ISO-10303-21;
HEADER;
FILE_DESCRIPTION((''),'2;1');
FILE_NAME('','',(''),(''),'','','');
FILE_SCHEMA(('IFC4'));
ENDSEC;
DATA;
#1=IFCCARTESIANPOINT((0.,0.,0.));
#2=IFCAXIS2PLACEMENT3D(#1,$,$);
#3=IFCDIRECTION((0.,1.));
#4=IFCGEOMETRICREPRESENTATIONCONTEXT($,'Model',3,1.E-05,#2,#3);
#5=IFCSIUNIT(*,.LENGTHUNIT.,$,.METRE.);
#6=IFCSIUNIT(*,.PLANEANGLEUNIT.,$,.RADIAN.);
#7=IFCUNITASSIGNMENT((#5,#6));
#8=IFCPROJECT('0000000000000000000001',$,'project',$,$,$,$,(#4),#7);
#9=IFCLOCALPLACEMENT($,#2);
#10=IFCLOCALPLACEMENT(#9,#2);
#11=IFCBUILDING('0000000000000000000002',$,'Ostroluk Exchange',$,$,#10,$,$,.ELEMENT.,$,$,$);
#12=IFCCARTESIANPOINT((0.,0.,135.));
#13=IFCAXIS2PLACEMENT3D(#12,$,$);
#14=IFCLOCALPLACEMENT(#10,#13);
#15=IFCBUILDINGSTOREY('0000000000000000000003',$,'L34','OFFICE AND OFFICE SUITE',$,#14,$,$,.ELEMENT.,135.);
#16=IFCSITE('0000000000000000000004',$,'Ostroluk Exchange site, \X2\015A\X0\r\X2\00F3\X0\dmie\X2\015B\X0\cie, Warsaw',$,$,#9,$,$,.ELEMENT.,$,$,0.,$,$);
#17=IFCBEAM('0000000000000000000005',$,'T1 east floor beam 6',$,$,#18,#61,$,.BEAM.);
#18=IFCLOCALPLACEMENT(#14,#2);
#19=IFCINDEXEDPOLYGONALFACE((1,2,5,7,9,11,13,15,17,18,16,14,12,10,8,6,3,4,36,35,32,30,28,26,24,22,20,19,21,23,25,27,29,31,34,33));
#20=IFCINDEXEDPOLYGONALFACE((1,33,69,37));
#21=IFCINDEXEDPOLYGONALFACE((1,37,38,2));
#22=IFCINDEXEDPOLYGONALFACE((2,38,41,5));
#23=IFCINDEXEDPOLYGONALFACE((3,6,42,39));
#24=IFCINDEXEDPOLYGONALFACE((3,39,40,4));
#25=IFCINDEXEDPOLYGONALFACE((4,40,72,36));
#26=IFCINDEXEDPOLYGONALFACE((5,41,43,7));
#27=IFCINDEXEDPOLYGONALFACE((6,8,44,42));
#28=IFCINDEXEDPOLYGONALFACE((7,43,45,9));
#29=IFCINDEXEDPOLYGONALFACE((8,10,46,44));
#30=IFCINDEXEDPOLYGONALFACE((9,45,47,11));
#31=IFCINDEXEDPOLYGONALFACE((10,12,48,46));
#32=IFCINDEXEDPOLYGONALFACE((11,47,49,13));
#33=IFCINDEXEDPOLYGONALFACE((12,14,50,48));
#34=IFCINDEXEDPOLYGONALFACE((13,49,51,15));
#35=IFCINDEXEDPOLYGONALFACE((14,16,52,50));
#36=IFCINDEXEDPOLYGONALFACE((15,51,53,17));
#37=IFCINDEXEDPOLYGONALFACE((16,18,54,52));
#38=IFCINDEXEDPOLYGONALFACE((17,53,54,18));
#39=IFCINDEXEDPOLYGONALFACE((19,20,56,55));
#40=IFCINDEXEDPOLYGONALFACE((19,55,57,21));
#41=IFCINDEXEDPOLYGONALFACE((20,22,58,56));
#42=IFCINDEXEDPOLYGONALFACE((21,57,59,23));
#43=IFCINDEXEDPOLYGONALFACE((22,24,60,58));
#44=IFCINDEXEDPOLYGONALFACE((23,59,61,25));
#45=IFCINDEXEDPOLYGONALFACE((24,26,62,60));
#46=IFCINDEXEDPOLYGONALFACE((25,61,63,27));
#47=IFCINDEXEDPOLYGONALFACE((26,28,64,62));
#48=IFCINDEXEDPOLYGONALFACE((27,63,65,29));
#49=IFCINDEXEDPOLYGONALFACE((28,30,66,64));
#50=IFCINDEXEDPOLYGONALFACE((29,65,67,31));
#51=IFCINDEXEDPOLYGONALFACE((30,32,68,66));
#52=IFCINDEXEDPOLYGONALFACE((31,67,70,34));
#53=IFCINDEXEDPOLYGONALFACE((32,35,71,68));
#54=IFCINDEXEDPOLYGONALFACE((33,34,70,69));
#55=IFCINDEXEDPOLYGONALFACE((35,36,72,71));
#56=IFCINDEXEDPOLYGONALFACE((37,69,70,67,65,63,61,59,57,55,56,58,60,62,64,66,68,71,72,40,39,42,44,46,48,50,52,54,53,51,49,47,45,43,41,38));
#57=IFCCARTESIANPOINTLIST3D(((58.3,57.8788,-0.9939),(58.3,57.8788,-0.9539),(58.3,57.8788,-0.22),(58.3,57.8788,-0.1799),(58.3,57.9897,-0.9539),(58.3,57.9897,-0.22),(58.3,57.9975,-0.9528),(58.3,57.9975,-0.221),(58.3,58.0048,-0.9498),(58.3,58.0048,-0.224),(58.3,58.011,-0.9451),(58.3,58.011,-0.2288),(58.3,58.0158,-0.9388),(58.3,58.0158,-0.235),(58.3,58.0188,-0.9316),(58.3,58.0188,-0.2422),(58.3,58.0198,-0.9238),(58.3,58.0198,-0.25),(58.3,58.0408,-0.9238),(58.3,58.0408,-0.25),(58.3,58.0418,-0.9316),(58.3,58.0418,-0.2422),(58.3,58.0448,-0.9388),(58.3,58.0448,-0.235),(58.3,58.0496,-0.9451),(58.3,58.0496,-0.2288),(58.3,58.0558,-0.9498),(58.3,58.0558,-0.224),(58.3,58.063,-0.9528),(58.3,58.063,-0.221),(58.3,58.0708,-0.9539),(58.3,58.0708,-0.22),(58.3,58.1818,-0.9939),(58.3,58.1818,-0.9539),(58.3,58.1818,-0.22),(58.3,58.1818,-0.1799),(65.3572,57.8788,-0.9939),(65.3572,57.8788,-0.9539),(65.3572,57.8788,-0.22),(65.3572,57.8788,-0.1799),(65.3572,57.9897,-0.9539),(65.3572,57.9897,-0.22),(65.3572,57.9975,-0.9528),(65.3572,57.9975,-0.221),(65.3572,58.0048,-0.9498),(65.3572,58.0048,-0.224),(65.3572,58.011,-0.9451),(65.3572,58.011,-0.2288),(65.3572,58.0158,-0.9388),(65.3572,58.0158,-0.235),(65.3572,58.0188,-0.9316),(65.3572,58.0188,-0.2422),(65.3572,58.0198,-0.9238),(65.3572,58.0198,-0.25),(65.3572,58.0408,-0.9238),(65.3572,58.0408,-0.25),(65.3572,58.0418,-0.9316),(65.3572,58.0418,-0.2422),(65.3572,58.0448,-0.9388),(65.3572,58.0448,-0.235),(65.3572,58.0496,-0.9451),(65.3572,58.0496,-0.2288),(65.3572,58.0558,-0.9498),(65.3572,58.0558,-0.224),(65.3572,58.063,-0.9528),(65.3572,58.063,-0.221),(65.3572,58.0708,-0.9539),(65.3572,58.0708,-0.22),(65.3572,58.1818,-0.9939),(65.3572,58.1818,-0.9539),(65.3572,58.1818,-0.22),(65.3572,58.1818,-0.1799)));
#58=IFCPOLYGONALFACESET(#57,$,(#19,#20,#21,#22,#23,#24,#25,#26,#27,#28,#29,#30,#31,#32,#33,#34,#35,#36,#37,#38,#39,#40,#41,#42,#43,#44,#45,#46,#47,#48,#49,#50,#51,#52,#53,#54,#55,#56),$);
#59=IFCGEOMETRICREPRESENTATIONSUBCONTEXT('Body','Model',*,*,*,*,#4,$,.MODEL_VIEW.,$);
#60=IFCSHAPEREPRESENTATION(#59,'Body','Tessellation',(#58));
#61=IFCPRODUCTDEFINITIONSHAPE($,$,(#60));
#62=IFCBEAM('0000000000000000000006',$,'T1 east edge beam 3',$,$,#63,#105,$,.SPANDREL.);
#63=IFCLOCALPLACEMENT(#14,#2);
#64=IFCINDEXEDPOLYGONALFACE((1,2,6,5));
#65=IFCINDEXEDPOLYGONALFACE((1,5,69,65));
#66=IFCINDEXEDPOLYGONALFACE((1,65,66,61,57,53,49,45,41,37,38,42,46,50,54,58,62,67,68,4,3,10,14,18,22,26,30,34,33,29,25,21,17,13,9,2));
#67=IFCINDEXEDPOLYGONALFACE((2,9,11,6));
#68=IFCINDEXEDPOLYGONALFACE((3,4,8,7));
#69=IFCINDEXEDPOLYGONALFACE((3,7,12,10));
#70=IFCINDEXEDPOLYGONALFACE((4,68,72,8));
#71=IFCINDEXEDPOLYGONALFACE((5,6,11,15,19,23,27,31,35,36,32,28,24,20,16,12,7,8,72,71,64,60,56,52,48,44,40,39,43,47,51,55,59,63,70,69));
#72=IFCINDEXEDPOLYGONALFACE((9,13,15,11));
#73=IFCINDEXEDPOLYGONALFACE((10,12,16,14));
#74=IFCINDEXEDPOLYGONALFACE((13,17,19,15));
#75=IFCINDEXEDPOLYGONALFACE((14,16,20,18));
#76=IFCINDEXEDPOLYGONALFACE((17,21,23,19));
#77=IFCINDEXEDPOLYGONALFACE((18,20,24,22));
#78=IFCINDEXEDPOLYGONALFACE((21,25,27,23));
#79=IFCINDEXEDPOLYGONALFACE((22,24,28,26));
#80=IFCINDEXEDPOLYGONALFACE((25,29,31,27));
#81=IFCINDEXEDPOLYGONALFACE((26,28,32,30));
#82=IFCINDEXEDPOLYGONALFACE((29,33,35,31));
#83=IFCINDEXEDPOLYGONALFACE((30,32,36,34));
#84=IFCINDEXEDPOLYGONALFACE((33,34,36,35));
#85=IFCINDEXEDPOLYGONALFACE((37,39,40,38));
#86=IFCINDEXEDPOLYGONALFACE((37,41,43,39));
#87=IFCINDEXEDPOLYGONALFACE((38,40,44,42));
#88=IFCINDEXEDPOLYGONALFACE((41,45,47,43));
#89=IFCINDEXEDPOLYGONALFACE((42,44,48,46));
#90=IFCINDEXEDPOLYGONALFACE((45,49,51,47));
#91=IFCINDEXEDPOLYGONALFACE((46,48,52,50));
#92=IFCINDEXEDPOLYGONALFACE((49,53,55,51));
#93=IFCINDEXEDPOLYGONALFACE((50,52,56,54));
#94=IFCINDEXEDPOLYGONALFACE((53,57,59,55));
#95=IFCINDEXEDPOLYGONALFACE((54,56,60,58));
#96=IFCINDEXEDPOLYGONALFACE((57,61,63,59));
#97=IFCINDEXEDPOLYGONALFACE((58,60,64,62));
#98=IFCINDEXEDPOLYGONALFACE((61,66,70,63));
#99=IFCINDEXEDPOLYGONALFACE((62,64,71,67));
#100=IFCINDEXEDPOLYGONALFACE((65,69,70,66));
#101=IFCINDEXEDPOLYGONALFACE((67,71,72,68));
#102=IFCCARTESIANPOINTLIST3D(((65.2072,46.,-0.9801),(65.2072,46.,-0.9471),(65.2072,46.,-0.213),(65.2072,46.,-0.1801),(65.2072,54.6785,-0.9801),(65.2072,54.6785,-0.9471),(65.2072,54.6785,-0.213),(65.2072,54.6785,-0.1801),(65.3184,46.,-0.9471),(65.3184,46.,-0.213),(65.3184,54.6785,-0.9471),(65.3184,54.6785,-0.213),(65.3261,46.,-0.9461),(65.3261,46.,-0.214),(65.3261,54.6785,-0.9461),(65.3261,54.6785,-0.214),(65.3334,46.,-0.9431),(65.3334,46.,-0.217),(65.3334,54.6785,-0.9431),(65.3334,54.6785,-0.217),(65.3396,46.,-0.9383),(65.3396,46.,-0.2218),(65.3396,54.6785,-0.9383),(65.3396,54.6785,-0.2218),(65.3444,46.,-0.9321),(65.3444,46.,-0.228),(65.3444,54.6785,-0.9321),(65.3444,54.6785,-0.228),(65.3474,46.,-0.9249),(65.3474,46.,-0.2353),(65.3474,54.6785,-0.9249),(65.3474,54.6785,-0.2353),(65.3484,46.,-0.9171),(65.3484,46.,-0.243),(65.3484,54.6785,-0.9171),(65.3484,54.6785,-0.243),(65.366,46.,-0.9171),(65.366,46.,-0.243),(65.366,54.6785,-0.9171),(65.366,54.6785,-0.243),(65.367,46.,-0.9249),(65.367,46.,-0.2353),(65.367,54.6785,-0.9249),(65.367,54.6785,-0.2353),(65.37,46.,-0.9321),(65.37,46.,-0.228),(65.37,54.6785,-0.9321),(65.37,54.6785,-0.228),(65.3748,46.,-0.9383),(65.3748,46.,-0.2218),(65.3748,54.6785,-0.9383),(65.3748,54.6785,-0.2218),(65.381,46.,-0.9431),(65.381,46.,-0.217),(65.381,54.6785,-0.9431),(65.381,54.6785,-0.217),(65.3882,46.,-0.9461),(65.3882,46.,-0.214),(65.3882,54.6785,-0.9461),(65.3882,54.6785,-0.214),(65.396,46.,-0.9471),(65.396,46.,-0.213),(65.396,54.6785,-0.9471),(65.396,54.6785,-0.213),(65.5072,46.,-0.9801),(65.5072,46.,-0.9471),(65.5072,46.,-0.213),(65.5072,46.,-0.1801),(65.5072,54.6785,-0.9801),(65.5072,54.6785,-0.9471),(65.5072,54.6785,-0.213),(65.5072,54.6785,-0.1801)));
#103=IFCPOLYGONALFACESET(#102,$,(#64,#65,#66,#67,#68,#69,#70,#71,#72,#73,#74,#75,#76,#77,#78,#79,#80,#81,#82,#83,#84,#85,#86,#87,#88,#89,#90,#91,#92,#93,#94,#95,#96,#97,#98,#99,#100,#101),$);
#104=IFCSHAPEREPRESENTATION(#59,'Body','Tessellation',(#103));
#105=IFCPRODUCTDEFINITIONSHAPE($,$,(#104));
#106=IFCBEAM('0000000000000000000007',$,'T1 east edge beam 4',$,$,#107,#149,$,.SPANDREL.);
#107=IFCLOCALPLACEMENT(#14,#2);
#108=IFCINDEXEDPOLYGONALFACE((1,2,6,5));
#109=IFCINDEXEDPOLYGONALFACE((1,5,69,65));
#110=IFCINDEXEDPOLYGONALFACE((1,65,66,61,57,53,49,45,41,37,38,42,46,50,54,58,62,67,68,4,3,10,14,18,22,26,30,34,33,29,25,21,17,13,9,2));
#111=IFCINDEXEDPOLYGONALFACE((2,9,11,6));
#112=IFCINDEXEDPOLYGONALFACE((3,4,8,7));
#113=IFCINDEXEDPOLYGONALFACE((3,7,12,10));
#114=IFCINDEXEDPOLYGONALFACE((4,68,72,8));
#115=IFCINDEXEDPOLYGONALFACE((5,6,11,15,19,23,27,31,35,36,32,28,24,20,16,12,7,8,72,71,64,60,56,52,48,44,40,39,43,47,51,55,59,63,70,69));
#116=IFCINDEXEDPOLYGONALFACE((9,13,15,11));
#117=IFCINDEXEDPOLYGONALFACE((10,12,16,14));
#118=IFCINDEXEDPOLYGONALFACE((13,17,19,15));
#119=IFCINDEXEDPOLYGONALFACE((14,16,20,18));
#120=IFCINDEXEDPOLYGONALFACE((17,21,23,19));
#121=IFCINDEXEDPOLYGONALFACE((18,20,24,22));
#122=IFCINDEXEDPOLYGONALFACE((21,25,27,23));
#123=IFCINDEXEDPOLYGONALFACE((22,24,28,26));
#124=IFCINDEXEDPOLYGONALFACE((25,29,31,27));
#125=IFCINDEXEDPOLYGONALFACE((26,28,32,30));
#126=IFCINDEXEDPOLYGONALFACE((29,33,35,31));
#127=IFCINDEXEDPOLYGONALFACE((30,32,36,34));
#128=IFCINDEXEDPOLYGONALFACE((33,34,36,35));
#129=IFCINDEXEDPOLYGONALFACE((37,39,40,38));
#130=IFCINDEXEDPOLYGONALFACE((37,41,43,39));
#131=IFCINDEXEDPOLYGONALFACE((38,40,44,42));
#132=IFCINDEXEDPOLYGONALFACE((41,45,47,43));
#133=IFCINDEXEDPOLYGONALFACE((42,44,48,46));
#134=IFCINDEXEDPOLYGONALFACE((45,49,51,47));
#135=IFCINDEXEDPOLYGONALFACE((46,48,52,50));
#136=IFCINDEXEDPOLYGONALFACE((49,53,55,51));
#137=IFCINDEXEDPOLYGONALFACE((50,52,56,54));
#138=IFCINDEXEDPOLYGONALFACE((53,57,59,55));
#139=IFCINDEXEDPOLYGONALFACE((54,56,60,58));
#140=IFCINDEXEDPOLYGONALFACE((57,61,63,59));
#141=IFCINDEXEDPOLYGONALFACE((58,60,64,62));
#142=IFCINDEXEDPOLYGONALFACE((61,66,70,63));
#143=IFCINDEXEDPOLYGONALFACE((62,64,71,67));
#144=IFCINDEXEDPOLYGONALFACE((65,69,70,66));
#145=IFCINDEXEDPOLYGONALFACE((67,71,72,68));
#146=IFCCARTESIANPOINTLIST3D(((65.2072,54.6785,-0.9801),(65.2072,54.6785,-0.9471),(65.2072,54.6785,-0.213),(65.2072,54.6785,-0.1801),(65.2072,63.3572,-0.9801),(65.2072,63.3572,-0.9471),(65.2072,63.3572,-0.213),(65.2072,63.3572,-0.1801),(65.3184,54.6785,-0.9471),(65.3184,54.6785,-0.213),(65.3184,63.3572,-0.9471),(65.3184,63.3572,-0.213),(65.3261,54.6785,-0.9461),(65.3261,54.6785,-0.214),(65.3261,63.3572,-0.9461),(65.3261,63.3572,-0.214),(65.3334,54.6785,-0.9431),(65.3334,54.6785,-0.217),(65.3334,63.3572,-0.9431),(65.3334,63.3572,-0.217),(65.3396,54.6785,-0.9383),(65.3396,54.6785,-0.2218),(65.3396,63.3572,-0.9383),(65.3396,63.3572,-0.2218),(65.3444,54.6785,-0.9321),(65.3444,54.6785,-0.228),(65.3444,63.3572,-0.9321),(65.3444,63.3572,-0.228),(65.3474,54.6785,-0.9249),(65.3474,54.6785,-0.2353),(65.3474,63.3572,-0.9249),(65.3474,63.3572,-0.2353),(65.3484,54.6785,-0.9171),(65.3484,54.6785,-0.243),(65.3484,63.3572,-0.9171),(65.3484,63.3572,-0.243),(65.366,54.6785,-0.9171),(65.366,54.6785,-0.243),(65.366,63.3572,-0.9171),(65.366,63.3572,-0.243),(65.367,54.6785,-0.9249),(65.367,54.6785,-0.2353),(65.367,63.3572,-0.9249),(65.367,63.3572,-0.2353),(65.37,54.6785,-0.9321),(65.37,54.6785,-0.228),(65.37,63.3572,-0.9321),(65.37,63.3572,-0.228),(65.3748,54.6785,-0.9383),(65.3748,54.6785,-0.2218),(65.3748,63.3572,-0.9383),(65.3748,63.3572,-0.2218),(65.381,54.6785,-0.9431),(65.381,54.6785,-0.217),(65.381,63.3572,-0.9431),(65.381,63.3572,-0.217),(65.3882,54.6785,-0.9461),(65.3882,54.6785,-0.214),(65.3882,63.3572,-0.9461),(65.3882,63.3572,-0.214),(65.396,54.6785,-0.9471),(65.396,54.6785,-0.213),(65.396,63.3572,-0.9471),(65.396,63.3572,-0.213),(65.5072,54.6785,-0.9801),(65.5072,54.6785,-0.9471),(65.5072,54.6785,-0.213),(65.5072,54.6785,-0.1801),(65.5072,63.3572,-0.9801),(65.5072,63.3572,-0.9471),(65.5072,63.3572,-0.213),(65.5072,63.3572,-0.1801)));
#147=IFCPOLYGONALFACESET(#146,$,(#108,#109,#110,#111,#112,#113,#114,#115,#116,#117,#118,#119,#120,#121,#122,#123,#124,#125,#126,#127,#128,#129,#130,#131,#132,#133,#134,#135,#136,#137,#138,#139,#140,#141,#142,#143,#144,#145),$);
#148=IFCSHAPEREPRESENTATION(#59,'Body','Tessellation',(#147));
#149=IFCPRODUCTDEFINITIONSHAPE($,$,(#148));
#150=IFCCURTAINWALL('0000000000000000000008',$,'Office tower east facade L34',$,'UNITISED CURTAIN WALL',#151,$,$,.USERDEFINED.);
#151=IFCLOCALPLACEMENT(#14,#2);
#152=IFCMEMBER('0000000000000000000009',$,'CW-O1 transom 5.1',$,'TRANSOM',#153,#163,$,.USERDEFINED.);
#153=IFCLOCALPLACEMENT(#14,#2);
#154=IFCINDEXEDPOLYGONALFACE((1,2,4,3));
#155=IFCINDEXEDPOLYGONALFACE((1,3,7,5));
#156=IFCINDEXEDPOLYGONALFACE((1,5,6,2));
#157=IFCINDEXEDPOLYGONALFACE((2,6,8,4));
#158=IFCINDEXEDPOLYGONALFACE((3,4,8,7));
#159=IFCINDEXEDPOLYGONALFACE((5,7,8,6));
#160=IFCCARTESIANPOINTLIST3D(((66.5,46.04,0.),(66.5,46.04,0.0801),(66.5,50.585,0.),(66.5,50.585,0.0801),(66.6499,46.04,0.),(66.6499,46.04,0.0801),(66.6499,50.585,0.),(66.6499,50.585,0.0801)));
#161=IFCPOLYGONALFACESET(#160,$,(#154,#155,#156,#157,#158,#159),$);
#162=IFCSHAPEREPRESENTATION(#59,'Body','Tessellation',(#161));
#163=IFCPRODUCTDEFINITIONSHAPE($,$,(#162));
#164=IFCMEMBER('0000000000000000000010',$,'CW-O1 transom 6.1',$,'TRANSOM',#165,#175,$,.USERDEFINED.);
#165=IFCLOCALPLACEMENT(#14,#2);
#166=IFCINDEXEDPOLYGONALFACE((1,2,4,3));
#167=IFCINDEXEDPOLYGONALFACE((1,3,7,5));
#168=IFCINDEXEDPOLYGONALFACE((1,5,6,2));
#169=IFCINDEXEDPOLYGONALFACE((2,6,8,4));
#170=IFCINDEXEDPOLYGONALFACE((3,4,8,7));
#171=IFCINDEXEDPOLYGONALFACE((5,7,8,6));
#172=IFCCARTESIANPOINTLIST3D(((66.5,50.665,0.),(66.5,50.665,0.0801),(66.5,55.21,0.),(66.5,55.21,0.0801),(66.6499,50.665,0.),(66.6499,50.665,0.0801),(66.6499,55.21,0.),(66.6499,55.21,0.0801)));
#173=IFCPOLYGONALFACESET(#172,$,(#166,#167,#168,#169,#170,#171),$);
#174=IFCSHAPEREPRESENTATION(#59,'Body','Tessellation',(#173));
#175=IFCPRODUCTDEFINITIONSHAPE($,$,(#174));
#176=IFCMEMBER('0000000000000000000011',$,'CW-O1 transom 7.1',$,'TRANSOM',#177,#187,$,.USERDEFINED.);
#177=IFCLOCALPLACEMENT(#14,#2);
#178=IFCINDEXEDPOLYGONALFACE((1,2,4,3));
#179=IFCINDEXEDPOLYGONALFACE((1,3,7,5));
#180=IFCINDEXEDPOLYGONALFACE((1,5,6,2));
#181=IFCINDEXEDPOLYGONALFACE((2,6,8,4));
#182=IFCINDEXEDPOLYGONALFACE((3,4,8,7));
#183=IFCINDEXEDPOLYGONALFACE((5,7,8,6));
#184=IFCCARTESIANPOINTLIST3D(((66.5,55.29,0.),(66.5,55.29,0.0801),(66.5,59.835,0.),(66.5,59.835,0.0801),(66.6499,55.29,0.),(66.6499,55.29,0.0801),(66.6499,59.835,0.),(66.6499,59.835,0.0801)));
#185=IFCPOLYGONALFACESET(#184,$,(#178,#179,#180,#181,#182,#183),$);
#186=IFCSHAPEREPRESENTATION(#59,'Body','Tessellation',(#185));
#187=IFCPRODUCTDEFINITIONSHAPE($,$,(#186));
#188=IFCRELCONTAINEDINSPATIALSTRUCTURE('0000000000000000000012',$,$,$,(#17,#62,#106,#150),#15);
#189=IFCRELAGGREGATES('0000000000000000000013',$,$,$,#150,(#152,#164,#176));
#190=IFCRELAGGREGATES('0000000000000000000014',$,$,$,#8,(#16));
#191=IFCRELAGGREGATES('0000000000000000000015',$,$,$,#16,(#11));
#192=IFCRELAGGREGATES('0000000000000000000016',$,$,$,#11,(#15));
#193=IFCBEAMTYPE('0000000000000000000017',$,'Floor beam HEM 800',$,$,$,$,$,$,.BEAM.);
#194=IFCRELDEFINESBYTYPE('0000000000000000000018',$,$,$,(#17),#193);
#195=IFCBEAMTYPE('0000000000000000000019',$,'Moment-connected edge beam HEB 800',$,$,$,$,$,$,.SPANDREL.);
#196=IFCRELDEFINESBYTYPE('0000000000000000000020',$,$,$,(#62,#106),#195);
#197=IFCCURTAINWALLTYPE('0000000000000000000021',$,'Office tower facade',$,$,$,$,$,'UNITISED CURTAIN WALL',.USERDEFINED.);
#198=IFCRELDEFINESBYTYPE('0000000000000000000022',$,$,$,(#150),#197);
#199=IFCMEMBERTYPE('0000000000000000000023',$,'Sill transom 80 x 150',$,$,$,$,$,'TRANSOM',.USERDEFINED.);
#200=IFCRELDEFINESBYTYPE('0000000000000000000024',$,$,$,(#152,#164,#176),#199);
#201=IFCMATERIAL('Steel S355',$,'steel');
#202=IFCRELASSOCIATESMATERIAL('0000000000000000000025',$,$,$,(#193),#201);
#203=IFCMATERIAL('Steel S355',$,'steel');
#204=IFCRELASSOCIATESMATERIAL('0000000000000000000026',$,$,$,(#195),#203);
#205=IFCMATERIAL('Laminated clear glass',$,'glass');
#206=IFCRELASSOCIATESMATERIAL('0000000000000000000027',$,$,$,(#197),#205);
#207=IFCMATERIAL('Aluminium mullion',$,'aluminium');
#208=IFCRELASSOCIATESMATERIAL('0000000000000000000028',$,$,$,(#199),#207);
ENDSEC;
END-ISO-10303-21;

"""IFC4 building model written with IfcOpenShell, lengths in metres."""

from ifc_helpers import new_model, si_unit, direction, frame, origin, origin_2d, place, context, subcontext, project, spatial, rectangle, i_section, extrude, material, material_profile, profile_set, type_object, element, aggregate, save


model = new_model("IFC4")

# Units and contexts
model_context = context("Model", 3, precision=1e-05, world=origin(), true_north=direction((0.0, 1.0)))
body_context = subcontext(model_context, "Body", "Model", "MODEL_VIEW")
ifc_project = project(units=[si_unit("LENGTHUNIT", "METRE"), si_unit("PLANEANGLEUNIT", "RADIAN")], contexts=[model_context])

# Site, building, storey
site_placement = place(None, origin())
site = spatial("IfcSite", under=ifc_project, at=site_placement, Name="Ostroluk Exchange site, Śródmieście, Warsaw", CompositionType="ELEMENT", RefElevation=0.0)
building_placement = place(site_placement, origin())
building = spatial("IfcBuilding", under=site, at=building_placement, Name="Ostroluk Exchange", CompositionType="ELEMENT")
storey_placement = place(building_placement, frame((0.0, 0.0, 135.0)))
storey = spatial("IfcBuildingStorey", under=building, at=storey_placement, Name="L34", Description="OFFICE AND OFFICE SUITE", CompositionType="ELEMENT", Elevation=135.0)

# Beams
ifc_material_1 = material(Name="Steel S355", Category="steel")
ifc_material_profile_1 = material_profile(ifc_material_1, i_section(OverallWidth=0.303, OverallDepth=0.814, WebThickness=0.021, FlangeThickness=0.04, FilletRadius=0.03, at=origin_2d()), Name="HEM 800")
ifc_profile_set_1 = profile_set([ifc_material_profile_1], Name="Steel S355")
beam_type_1 = type_object("IfcBeamType", Name="Floor beam HEM 800", PredefinedType="BEAM", material=ifc_profile_set_1)
beam_1_placement = place(storey_placement, frame((58.3, 58.0303, -0.5869), z_axis=(1.0, 0.0, 0.0), x_axis=(0.0, 1.0, 0.0)))
element("IfcBeam", 1, at=beam_1_placement, inside=storey, type_object=beam_type_1, Name="T1 east floor beam 6", PredefinedType="BEAM", context=body_context, shape_type="SweptSolid", body=[
    extrude(i_section(OverallWidth=0.303, OverallDepth=0.814, WebThickness=0.021, FlangeThickness=0.04, FilletRadius=0.03, at=origin_2d()), origin(), (0.0, 0.0, 1.0), 7.0571),
])
ifc_material_2 = material(Name="Steel S355", Category="steel")
ifc_material_profile_2 = material_profile(ifc_material_2, i_section(OverallWidth=0.3, OverallDepth=0.8, WebThickness=0.0176, FlangeThickness=0.033, FilletRadius=0.03, at=origin_2d()), Name="HEB 800")
ifc_profile_set_2 = profile_set([ifc_material_profile_2], Name="Steel S355")
beam_type_2 = type_object("IfcBeamType", Name="Moment-connected edge beam HEB 800", PredefinedType="SPANDREL", material=ifc_profile_set_2)
beam_2_placement = place(storey_placement, frame((65.3572, 46.0, -0.5801), z_axis=(0.0, 1.0, 0.0), x_axis=(-1.0, 0.0, 0.0)))
element("IfcBeam", 2, at=beam_2_placement, inside=storey, type_object=beam_type_2, Name="T1 east edge beam 3", PredefinedType="SPANDREL", context=body_context, shape_type="SweptSolid", body=[
    extrude(i_section(OverallWidth=0.3, OverallDepth=0.8, WebThickness=0.0176, FlangeThickness=0.033, FilletRadius=0.03, at=origin_2d()), origin(), (0.0, 0.0, 1.0), 8.6785),
])
beam_3_placement = place(storey_placement, frame((65.3572, 54.6785, -0.5801), z_axis=(0.0, 1.0, 0.0), x_axis=(-1.0, 0.0, 0.0)))
element("IfcBeam", 3, at=beam_3_placement, inside=storey, type_object=beam_type_2, Name="T1 east edge beam 4", PredefinedType="SPANDREL", context=body_context, shape_type="SweptSolid", body=[
    extrude(i_section(OverallWidth=0.3, OverallDepth=0.8, WebThickness=0.0176, FlangeThickness=0.033, FilletRadius=0.03, at=origin_2d()), origin(), (0.0, 0.0, 1.0), 8.6787),
])

# Curtain wall, members
ifc_material_3 = material(Name="Laminated clear glass", Category="glass")
curtain_wall_type = type_object("IfcCurtainWallType", Name="Office tower facade", ElementType="UNITISED CURTAIN WALL", PredefinedType="USERDEFINED", material=ifc_material_3)
curtain_wall_placement = place(storey_placement, origin())
curtain_wall = element("IfcCurtainWall", 4, at=curtain_wall_placement, inside=storey, type_object=curtain_wall_type, Name="Office tower east facade L34", ObjectType="UNITISED CURTAIN WALL", PredefinedType="USERDEFINED")
ifc_material_4 = material(Name="Aluminium mullion", Category="aluminium")
ifc_material_profile_3 = material_profile(ifc_material_4, rectangle(XDim=0.1499, YDim=0.0801, at=origin_2d()), Name="Sill transom 80 x 150")
ifc_profile_set_3 = profile_set([ifc_material_profile_3], Name="Aluminium mullion")
member_type_1 = type_object("IfcMemberType", Name="Sill transom 80 x 150", ElementType="TRANSOM", PredefinedType="USERDEFINED", material=ifc_profile_set_3)
member_1_placement = place(storey_placement, frame((66.575, 46.04, 0.04), z_axis=(0.0, 1.0, 0.0), x_axis=(-1.0, 0.0, 0.0)))
member_1 = element("IfcMember", 5, at=member_1_placement, type_object=member_type_1, Name="CW-O1 transom 5.1", ObjectType="TRANSOM", PredefinedType="USERDEFINED", context=body_context, shape_type="SweptSolid", body=[
    extrude(rectangle(XDim=0.1499, YDim=0.0801, at=origin_2d()), origin(), (0.0, 0.0, 1.0), 4.5449),
])
member_2_placement = place(storey_placement, frame((66.575, 50.665, 0.04), z_axis=(0.0, 1.0, 0.0), x_axis=(-1.0, 0.0, 0.0)))
member_2 = element("IfcMember", 6, at=member_2_placement, type_object=member_type_1, Name="CW-O1 transom 6.1", ObjectType="TRANSOM", PredefinedType="USERDEFINED", context=body_context, shape_type="SweptSolid", body=[
    extrude(rectangle(XDim=0.1499, YDim=0.0801, at=origin_2d()), origin(), (0.0, 0.0, 1.0), 4.5449),
])
member_3_placement = place(storey_placement, frame((66.575, 55.29, 0.04), z_axis=(0.0, 1.0, 0.0), x_axis=(-1.0, 0.0, 0.0)))
member_3 = element("IfcMember", 7, at=member_3_placement, type_object=member_type_1, Name="CW-O1 transom 7.1", ObjectType="TRANSOM", PredefinedType="USERDEFINED", context=body_context, shape_type="SweptSolid", body=[
    extrude(rectangle(XDim=0.1499, YDim=0.0801, at=origin_2d()), origin(), (0.0, 0.0, 1.0), 4.5449),
])
aggregate(curtain_wall, [member_1, member_2, member_3])

save(model, "model.ifc")
